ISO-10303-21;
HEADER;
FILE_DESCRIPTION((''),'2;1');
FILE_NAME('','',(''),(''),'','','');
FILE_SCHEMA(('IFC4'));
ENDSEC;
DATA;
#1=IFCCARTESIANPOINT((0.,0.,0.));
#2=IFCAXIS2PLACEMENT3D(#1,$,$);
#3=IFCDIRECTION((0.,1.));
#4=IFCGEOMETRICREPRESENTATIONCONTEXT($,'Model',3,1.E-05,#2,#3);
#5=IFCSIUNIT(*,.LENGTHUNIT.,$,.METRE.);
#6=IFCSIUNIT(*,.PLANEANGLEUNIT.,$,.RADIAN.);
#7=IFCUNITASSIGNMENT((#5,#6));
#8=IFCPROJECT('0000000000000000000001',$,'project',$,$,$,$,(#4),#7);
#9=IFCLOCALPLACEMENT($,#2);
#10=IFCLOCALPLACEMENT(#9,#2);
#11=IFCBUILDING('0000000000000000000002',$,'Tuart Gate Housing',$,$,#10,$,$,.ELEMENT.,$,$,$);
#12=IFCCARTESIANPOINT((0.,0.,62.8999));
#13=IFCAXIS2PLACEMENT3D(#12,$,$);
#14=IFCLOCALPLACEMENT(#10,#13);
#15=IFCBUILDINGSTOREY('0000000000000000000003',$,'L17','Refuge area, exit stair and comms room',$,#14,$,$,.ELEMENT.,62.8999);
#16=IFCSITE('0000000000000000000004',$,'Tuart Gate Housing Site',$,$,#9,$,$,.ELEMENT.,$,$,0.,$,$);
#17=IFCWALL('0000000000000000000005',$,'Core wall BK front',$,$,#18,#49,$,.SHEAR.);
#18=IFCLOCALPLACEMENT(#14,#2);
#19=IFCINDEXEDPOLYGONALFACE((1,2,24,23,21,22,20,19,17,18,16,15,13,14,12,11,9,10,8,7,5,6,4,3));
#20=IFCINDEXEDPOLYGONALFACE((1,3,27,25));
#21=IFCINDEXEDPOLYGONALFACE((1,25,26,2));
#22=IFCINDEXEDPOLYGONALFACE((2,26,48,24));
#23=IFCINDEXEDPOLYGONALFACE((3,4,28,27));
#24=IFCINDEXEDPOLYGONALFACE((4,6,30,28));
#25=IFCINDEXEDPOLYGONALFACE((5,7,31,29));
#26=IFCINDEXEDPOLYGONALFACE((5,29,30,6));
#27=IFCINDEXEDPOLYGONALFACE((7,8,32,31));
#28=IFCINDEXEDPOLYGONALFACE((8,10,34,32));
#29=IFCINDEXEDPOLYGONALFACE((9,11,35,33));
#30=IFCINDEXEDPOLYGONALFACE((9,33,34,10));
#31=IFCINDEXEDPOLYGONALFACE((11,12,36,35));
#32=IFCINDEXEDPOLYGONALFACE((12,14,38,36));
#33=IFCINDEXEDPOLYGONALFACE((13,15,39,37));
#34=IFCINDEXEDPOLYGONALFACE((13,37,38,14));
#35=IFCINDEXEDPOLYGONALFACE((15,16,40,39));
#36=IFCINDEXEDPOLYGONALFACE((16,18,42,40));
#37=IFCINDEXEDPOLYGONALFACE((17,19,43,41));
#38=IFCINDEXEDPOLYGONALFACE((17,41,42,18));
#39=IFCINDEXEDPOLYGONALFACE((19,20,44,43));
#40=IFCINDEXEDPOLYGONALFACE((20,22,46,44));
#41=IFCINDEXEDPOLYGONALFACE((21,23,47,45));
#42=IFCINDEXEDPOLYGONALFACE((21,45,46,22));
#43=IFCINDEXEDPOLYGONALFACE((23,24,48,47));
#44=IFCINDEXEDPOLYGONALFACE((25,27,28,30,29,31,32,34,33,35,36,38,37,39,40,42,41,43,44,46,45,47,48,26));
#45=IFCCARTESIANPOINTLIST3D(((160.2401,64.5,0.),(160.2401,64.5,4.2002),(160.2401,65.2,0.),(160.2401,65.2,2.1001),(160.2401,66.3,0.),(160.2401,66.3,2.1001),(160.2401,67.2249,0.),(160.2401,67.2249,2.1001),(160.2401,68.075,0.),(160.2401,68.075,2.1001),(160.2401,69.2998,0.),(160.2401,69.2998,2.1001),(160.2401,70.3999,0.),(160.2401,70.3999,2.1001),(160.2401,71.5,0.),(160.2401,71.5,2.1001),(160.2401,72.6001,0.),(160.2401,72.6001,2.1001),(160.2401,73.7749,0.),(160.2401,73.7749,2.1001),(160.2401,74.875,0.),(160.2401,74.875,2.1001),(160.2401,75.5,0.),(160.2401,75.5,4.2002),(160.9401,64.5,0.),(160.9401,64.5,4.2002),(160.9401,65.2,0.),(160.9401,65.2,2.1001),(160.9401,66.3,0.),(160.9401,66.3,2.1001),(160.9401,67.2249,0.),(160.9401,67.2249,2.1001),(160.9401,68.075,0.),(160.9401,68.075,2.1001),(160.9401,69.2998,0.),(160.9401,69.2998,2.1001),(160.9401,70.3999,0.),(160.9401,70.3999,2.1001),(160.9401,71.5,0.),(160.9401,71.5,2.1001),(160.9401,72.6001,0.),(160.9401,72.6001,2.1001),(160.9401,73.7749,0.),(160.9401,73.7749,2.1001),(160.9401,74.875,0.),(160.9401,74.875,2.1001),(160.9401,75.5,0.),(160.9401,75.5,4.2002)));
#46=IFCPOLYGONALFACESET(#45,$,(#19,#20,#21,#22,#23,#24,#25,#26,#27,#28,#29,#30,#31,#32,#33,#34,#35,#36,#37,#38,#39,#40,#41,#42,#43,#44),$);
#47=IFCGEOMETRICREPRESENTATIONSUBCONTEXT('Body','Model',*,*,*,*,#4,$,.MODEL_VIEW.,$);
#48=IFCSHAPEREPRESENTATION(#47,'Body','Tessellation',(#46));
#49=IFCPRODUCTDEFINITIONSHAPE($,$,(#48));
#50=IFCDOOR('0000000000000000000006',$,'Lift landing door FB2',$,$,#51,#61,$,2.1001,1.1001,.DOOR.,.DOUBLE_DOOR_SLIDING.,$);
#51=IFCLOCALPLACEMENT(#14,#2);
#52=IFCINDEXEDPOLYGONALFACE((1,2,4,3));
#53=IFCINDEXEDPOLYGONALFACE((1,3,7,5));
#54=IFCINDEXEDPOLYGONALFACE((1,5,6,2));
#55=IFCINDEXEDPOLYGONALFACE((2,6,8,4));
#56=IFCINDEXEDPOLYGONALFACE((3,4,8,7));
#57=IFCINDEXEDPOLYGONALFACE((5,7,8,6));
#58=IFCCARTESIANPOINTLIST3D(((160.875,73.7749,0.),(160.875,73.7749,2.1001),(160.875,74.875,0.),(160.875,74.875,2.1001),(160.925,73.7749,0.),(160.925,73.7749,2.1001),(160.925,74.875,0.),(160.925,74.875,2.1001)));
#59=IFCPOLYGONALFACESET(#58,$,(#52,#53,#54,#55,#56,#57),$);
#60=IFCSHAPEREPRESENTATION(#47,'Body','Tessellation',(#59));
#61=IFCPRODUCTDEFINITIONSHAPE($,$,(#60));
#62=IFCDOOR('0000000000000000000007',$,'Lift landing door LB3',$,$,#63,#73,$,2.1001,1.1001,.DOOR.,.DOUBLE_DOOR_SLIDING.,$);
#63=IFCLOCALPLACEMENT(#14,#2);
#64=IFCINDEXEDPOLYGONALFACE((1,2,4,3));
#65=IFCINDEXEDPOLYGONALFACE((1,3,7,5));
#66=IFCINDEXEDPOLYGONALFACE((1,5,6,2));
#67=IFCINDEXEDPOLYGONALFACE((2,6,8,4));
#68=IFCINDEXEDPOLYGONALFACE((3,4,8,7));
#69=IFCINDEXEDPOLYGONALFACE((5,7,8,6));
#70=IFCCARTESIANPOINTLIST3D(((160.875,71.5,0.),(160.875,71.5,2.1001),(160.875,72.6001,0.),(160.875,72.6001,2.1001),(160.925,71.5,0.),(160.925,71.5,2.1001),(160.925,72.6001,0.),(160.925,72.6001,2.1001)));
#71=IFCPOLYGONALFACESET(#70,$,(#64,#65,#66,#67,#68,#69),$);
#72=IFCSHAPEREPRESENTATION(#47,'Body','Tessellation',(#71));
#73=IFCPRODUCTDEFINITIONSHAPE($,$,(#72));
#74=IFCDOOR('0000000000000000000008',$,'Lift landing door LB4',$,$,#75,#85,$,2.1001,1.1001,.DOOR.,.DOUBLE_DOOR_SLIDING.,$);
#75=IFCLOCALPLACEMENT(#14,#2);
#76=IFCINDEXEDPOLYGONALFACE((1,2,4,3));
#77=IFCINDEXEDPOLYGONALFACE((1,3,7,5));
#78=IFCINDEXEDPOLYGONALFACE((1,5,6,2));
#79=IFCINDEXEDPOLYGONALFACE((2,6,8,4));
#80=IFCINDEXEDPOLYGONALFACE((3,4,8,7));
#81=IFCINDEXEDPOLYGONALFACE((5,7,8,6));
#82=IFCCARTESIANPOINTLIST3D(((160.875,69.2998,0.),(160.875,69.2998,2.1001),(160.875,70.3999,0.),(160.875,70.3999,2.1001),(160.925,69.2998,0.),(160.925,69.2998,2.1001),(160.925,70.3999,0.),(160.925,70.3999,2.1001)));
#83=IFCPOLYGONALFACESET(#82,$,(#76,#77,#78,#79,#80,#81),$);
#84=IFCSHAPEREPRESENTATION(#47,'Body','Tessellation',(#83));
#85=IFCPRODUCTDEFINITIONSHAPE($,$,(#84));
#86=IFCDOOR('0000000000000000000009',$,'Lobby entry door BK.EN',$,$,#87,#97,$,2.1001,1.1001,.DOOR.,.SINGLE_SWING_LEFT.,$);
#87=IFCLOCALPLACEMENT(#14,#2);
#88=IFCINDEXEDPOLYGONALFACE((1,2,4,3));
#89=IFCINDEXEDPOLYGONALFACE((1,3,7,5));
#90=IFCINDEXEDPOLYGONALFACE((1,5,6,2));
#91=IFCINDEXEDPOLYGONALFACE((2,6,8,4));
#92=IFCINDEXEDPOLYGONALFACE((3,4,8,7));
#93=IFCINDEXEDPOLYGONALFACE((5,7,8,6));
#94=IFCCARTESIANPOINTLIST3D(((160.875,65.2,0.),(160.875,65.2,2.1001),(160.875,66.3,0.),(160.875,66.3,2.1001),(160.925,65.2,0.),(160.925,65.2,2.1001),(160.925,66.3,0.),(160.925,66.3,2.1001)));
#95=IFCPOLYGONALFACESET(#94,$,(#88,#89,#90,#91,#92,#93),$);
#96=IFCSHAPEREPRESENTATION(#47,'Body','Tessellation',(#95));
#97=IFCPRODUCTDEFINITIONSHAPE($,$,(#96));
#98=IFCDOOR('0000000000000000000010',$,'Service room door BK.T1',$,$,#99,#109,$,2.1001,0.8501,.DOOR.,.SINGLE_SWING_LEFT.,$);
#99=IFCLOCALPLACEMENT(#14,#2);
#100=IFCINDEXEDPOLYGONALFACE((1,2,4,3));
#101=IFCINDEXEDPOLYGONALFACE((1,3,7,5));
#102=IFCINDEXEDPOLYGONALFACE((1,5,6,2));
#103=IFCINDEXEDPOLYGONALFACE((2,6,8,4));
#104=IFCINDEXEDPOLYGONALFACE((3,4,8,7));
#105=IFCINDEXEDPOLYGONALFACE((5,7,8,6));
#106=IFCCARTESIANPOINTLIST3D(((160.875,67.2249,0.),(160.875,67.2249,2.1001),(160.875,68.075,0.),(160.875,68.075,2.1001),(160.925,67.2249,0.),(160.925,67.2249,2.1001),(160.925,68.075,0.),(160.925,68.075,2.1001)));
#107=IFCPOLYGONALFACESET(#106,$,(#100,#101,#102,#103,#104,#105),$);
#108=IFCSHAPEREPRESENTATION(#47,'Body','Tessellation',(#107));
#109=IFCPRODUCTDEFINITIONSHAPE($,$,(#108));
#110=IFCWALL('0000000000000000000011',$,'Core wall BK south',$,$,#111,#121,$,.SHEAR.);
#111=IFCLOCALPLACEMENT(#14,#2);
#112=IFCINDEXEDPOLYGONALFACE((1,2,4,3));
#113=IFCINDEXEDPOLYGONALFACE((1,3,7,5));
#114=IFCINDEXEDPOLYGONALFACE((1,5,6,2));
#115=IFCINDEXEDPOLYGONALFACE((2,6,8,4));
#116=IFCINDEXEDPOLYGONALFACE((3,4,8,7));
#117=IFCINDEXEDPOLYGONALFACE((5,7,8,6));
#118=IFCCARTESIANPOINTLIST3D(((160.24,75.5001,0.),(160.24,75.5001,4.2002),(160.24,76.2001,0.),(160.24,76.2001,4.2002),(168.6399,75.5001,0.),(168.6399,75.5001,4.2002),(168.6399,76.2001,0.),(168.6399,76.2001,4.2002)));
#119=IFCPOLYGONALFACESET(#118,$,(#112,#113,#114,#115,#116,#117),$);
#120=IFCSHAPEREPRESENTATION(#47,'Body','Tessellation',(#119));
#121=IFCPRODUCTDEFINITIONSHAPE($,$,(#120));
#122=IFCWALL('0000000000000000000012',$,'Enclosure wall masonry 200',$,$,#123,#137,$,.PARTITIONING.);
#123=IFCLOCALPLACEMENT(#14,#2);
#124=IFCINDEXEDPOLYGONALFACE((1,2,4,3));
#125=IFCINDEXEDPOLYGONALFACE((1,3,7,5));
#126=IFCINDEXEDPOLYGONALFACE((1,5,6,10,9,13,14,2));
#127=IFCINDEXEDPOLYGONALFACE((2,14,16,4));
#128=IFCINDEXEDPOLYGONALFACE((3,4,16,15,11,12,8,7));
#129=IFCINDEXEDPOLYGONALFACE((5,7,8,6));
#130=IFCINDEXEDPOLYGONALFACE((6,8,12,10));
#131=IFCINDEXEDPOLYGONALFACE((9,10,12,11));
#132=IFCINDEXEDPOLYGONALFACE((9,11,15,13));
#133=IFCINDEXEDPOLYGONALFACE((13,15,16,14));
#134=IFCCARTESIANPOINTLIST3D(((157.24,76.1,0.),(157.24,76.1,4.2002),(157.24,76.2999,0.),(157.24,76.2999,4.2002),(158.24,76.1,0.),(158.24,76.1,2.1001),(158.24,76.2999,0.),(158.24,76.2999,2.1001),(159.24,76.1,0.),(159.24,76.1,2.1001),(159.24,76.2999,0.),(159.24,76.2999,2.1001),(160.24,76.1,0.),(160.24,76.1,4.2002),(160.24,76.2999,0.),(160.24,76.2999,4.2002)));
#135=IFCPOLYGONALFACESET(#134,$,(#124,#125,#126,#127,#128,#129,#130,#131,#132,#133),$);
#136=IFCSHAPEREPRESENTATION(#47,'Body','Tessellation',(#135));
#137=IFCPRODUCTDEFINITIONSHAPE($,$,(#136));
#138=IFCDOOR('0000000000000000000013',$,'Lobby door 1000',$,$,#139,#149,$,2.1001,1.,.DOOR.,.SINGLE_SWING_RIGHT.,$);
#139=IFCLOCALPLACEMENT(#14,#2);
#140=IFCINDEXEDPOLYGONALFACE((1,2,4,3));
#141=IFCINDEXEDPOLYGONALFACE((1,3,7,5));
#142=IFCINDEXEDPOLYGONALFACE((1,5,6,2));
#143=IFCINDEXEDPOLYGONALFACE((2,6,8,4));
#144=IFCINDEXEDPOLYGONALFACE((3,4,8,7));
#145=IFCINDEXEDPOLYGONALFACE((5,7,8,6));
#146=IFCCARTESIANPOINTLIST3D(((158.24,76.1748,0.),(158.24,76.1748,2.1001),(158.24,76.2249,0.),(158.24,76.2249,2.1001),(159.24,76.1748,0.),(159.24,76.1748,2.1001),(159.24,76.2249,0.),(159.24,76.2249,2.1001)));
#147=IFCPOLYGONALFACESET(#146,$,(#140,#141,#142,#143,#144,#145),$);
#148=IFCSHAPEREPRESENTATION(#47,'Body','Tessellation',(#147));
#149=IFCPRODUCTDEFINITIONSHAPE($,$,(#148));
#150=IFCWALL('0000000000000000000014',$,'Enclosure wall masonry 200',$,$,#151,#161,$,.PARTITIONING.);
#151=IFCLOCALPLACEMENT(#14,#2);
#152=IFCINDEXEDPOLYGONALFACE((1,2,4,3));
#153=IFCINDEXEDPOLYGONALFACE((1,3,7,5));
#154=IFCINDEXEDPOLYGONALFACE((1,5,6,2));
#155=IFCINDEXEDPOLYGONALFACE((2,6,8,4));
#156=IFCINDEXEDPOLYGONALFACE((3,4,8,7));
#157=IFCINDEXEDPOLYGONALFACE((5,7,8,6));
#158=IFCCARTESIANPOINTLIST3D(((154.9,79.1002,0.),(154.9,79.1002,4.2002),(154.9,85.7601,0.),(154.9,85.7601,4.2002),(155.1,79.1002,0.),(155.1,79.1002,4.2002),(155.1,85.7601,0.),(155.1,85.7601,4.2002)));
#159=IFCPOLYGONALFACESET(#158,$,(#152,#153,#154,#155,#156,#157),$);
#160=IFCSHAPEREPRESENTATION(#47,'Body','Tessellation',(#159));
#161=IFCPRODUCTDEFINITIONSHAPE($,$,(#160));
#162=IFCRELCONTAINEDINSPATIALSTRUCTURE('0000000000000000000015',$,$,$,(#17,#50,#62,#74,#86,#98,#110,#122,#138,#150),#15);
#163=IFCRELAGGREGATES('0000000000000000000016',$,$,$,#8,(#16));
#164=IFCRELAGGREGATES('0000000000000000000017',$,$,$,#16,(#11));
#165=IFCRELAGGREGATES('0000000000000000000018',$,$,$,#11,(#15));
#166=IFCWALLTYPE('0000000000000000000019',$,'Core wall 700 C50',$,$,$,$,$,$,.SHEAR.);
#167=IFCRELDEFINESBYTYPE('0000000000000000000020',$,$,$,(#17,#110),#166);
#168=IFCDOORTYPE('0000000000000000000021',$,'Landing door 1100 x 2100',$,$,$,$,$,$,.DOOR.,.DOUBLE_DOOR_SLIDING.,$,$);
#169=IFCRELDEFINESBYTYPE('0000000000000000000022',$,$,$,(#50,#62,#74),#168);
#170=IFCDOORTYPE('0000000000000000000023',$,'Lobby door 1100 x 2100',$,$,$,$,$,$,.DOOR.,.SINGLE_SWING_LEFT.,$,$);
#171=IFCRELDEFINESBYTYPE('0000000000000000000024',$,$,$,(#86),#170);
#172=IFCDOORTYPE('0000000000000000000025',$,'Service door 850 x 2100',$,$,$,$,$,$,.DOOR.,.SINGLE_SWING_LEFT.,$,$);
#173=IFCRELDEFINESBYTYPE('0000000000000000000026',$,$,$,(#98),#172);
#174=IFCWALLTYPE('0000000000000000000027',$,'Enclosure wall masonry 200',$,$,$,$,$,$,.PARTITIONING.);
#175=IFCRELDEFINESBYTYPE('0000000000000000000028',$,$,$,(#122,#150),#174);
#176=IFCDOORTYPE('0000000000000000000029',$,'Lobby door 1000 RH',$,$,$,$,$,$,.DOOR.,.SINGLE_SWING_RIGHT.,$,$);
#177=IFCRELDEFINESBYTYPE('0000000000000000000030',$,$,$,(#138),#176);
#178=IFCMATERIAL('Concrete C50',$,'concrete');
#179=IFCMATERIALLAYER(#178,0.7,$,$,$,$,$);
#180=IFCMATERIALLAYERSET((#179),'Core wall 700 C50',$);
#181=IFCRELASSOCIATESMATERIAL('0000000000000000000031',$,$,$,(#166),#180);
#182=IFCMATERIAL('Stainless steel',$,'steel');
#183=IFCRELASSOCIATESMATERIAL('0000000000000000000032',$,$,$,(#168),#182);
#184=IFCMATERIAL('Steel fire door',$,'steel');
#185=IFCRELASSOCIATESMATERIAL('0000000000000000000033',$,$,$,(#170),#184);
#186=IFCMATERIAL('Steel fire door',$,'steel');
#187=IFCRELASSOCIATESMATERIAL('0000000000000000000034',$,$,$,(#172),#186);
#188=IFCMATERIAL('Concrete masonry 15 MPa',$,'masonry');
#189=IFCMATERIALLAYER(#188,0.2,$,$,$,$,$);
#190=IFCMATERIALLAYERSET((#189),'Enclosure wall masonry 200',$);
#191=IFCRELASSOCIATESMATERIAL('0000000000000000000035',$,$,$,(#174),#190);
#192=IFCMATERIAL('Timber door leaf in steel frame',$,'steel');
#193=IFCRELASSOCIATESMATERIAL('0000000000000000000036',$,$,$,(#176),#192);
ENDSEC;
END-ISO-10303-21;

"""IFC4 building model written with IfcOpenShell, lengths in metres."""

from ifc_helpers import new_model, si_unit, direction, frame, frame_2d, origin, place, context, subcontext, project, spatial, rectangle, extrude, material, layer, layer_set, type_object, element, fill, save


model = new_model("IFC4")

# Units and contexts
model_context = context("Model", 3, precision=1e-05, world=origin(), true_north=direction((0.0, 1.0)))
body_context = subcontext(model_context, "Body", "Model", "MODEL_VIEW")
ifc_project = project(units=[si_unit("LENGTHUNIT", "METRE"), si_unit("PLANEANGLEUNIT", "RADIAN")], contexts=[model_context])

# Site, building, storey
site_placement = place(None, origin())
site = spatial("IfcSite", under=ifc_project, at=site_placement, Name="Tuart Gate Housing Site", CompositionType="ELEMENT", RefElevation=0.0)
building_placement = place(site_placement, origin())
building = spatial("IfcBuilding", under=site, at=building_placement, Name="Tuart Gate Housing", CompositionType="ELEMENT")
storey_placement = place(building_placement, frame((0.0, 0.0, 62.8999)))
storey = spatial("IfcBuildingStorey", under=building, at=storey_placement, Name="L17", Description="Refuge area, exit stair and comms room", CompositionType="ELEMENT", Elevation=62.8999)

# Wall, openings, doors
ifc_material_1 = material(Name="Concrete C50", Category="concrete")
ifc_layer_1 = layer(ifc_material_1, 0.7)
ifc_layer_set_1 = layer_set([ifc_layer_1], Name="Core wall 700 C50")
wall_type_1 = type_object("IfcWallType", Name="Core wall 700 C50", PredefinedType="SHEAR", material=ifc_layer_set_1)
wall_1_placement = place(storey_placement, frame((160.5901, 75.5, 0.0), z_axis=(0.0, 0.0, 1.0), x_axis=(0.0, -1.0, 0.0)))
wall_1 = element("IfcWall", 1, at=wall_1_placement, inside=storey, type_object=wall_type_1, Name="Core wall BK front", PredefinedType="SHEAR", context=body_context, shape_type="SweptSolid", body=[
    extrude(rectangle(XDim=11.0, YDim=0.7, at=frame_2d((5.5, 0.0))), origin(), (0.0, 0.0, 1.0), 4.2002),
])
opening_1_placement = place(wall_1_placement, frame((0.625, 0.0, 0.0)))
opening_1 = element("IfcOpeningElement", 2, at=opening_1_placement, cuts=wall_1, PredefinedType="OPENING", context=body_context, shape_type="SweptSolid", body=[
    extrude(rectangle(XDim=1.1001, YDim=2.1001, at=frame_2d((0.55, 1.05))), frame((0.0, 0.3599, 0.0), z_axis=(0.0, -1.0, 0.0), x_axis=(1.0, 0.0, 0.0)), (0.0, 0.0, 1.0), 0.72),
])
opening_2_placement = place(wall_1_placement, frame((2.8999, 0.0, 0.0)))
opening_2 = element("IfcOpeningElement", 3, at=opening_2_placement, cuts=wall_1, PredefinedType="OPENING", context=body_context, shape_type="SweptSolid", body=[
    extrude(rectangle(XDim=1.1001, YDim=2.1001, at=frame_2d((0.55, 1.05))), frame((0.0, 0.3599, 0.0), z_axis=(0.0, -1.0, 0.0), x_axis=(1.0, 0.0, 0.0)), (0.0, 0.0, 1.0), 0.72),
])
opening_3_placement = place(wall_1_placement, frame((5.1001, 0.0, 0.0)))
opening_3 = element("IfcOpeningElement", 4, at=opening_3_placement, cuts=wall_1, PredefinedType="OPENING", context=body_context, shape_type="SweptSolid", body=[
    extrude(rectangle(XDim=1.1001, YDim=2.1001, at=frame_2d((0.55, 1.05))), frame((0.0, 0.3599, 0.0), z_axis=(0.0, -1.0, 0.0), x_axis=(1.0, 0.0, 0.0)), (0.0, 0.0, 1.0), 0.72),
])
opening_4_placement = place(wall_1_placement, frame((9.2, 0.0, 0.0)))
opening_4 = element("IfcOpeningElement", 5, at=opening_4_placement, cuts=wall_1, PredefinedType="OPENING", context=body_context, shape_type="SweptSolid", body=[
    extrude(rectangle(XDim=1.1001, YDim=2.1001, at=frame_2d((0.55, 1.05))), frame((0.0, 0.3599, 0.0), z_axis=(0.0, -1.0, 0.0), x_axis=(1.0, 0.0, 0.0)), (0.0, 0.0, 1.0), 0.72),
])
opening_5_placement = place(wall_1_placement, frame((7.425, 0.0, 0.0)))
opening_5 = element("IfcOpeningElement", 6, at=opening_5_placement, cuts=wall_1, PredefinedType="OPENING", context=body_context, shape_type="SweptSolid", body=[
    extrude(rectangle(XDim=0.8501, YDim=2.1001, at=frame_2d((0.425, 1.05))), frame((0.0, 0.3599, 0.0), z_axis=(0.0, -1.0, 0.0), x_axis=(1.0, 0.0, 0.0)), (0.0, 0.0, 1.0), 0.72),
])
ifc_material_2 = material(Name="Stainless steel", Category="steel")
door_type_1 = type_object("IfcDoorType", Name="Landing door 1100 x 2100", OperationType="DOUBLE_DOOR_SLIDING", PredefinedType="DOOR", material=ifc_material_2)
door_1_placement = place(opening_1_placement, origin())
door_1 = element("IfcDoor", 7, at=door_1_placement, inside=storey, type_object=door_type_1, Name="Lift landing door FB2", OperationType="DOUBLE_DOOR_SLIDING", OverallHeight=2.1001, OverallWidth=1.1001, PredefinedType="DOOR", context=body_context, shape_type="SweptSolid", body=[
    extrude(rectangle(XDim=1.1001, YDim=2.1001, at=frame_2d((0.55, 1.05))), frame((0.0, 0.335, 0.0), z_axis=(0.0, -1.0, 0.0), x_axis=(1.0, 0.0, 0.0)), (0.0, 0.0, 1.0), 0.05),
])
fill(opening_1, door_1)
door_2_placement = place(opening_2_placement, origin())
door_2 = element("IfcDoor", 8, at=door_2_placement, inside=storey, type_object=door_type_1, Name="Lift landing door LB3", OperationType="DOUBLE_DOOR_SLIDING", OverallHeight=2.1001, OverallWidth=1.1001, PredefinedType="DOOR", context=body_context, shape_type="SweptSolid", body=[
    extrude(rectangle(XDim=1.1001, YDim=2.1001, at=frame_2d((0.55, 1.05))), frame((0.0, 0.335, 0.0), z_axis=(0.0, -1.0, 0.0), x_axis=(1.0, 0.0, 0.0)), (0.0, 0.0, 1.0), 0.05),
])
fill(opening_2, door_2)
door_3_placement = place(opening_3_placement, origin())
door_3 = element("IfcDoor", 9, at=door_3_placement, inside=storey, type_object=door_type_1, Name="Lift landing door LB4", OperationType="DOUBLE_DOOR_SLIDING", OverallHeight=2.1001, OverallWidth=1.1001, PredefinedType="DOOR", context=body_context, shape_type="SweptSolid", body=[
    extrude(rectangle(XDim=1.1001, YDim=2.1001, at=frame_2d((0.55, 1.05))), frame((0.0, 0.335, 0.0), z_axis=(0.0, -1.0, 0.0), x_axis=(1.0, 0.0, 0.0)), (0.0, 0.0, 1.0), 0.05),
])
fill(opening_3, door_3)
ifc_material_3 = material(Name="Steel fire door", Category="steel")
door_type_2 = type_object("IfcDoorType", Name="Lobby door 1100 x 2100", OperationType="SINGLE_SWING_LEFT", PredefinedType="DOOR", material=ifc_material_3)
door_4_placement = place(opening_4_placement, origin())
door_4 = element("IfcDoor", 10, at=door_4_placement, inside=storey, type_object=door_type_2, Name="Lobby entry door BK.EN", OperationType="SINGLE_SWING_LEFT", OverallHeight=2.1001, OverallWidth=1.1001, PredefinedType="DOOR", context=body_context, shape_type="SweptSolid", body=[
    extrude(rectangle(XDim=1.1001, YDim=2.1001, at=frame_2d((0.55, 1.05))), frame((0.0, 0.335, 0.0), z_axis=(0.0, -1.0, 0.0), x_axis=(1.0, 0.0, 0.0)), (0.0, 0.0, 1.0), 0.05),
])
fill(opening_4, door_4)
ifc_material_4 = material(Name="Steel fire door", Category="steel")
door_type_3 = type_object("IfcDoorType", Name="Service door 850 x 2100", OperationType="SINGLE_SWING_LEFT", PredefinedType="DOOR", material=ifc_material_4)
door_5_placement = place(opening_5_placement, origin())
door_5 = element("IfcDoor", 11, at=door_5_placement, inside=storey, type_object=door_type_3, Name="Service room door BK.T1", OperationType="SINGLE_SWING_LEFT", OverallHeight=2.1001, OverallWidth=0.8501, PredefinedType="DOOR", context=body_context, shape_type="SweptSolid", body=[
    extrude(rectangle(XDim=0.8501, YDim=2.1001, at=frame_2d((0.425, 1.05))), frame((0.0, 0.335, 0.0), z_axis=(0.0, -1.0, 0.0), x_axis=(1.0, 0.0, 0.0)), (0.0, 0.0, 1.0), 0.05),
])
fill(opening_5, door_5)

# Wall
wall_2_placement = place(storey_placement, frame((160.24, 75.8501, 0.0), z_axis=(0.0, 0.0, 1.0), x_axis=(1.0, 0.0, 0.0)))
element("IfcWall", 12, at=wall_2_placement, inside=storey, type_object=wall_type_1, Name="Core wall BK south", PredefinedType="SHEAR", context=body_context, shape_type="SweptSolid", body=[
    extrude(rectangle(XDim=8.3999, YDim=0.7, at=frame_2d((4.2, 0.0))), origin(), (0.0, 0.0, 1.0), 4.2002),
])

# Wall, opening, door
ifc_material_5 = material(Name="Concrete masonry 15 MPa", Category="masonry")
ifc_layer_2 = layer(ifc_material_5, 0.2)
ifc_layer_set_2 = layer_set([ifc_layer_2], Name="Enclosure wall masonry 200")
wall_type_2 = type_object("IfcWallType", Name="Enclosure wall masonry 200", PredefinedType="PARTITIONING", material=ifc_layer_set_2)
wall_3_placement = place(storey_placement, frame((157.24, 76.2, 0.0), z_axis=(0.0, 0.0, 1.0), x_axis=(1.0, 0.0, 0.0)))
wall_3 = element("IfcWall", 13, at=wall_3_placement, inside=storey, type_object=wall_type_2, Name="Enclosure wall masonry 200", PredefinedType="PARTITIONING", context=body_context, shape_type="SweptSolid", body=[
    extrude(rectangle(XDim=3.0, YDim=0.2, at=frame_2d((1.5, 0.0))), origin(), (0.0, 0.0, 1.0), 4.2002),
])
opening_6_placement = place(wall_3_placement, frame((1.0, 0.0, 0.0)))
opening_6 = element("IfcOpeningElement", 14, at=opening_6_placement, cuts=wall_3, PredefinedType="OPENING", context=body_context, shape_type="SweptSolid", body=[
    extrude(rectangle(XDim=1.0, YDim=2.1001, at=frame_2d((0.5, 1.05))), frame((0.0, 0.1099, 0.0), z_axis=(0.0, -1.0, 0.0), x_axis=(1.0, 0.0, 0.0)), (0.0, 0.0, 1.0), 0.22),
])
ifc_material_6 = material(Name="Timber door leaf in steel frame", Category="steel")
door_type_4 = type_object("IfcDoorType", Name="Lobby door 1000 RH", OperationType="SINGLE_SWING_RIGHT", PredefinedType="DOOR", material=ifc_material_6)
door_6_placement = place(opening_6_placement, frame((1.0, 0.0, 0.0), z_axis=(0.0, 0.0, 1.0), x_axis=(-1.0, 0.0, 0.0)))
door_6 = element("IfcDoor", 15, at=door_6_placement, inside=storey, type_object=door_type_4, Name="Lobby door 1000", OperationType="SINGLE_SWING_RIGHT", OverallHeight=2.1001, OverallWidth=1.0, PredefinedType="DOOR", context=body_context, shape_type="SweptSolid", body=[
    extrude(rectangle(XDim=1.0, YDim=2.1001, at=frame_2d((0.5, 1.05))), frame((0.0, 0.0251, 0.0), z_axis=(0.0, -1.0, 0.0), x_axis=(1.0, 0.0, 0.0)), (0.0, 0.0, 1.0), 0.05),
])
fill(opening_6, door_6)

# Wall
for number, where, z_axis, x_axis, name in (
    (16, (155.0, 79.1001, 0.0), (0.0, 0.0, 1.0), (0.0, 1.0, 0.0), "Enclosure wall masonry 200"),
):
    element("IfcWall", number, at=place(storey_placement, frame(where, z_axis=z_axis, x_axis=x_axis)), inside=storey, type_object=wall_type_2, Name=name, PredefinedType="PARTITIONING", context=body_context, shape_type="SweptSolid", body=[
        extrude(rectangle(XDim=6.6599, YDim=0.2, at=frame_2d((3.3301, 0.0))), origin(), (0.0, 0.0, 1.0), 4.2002),
    ])

save(model, "model.ifc")
